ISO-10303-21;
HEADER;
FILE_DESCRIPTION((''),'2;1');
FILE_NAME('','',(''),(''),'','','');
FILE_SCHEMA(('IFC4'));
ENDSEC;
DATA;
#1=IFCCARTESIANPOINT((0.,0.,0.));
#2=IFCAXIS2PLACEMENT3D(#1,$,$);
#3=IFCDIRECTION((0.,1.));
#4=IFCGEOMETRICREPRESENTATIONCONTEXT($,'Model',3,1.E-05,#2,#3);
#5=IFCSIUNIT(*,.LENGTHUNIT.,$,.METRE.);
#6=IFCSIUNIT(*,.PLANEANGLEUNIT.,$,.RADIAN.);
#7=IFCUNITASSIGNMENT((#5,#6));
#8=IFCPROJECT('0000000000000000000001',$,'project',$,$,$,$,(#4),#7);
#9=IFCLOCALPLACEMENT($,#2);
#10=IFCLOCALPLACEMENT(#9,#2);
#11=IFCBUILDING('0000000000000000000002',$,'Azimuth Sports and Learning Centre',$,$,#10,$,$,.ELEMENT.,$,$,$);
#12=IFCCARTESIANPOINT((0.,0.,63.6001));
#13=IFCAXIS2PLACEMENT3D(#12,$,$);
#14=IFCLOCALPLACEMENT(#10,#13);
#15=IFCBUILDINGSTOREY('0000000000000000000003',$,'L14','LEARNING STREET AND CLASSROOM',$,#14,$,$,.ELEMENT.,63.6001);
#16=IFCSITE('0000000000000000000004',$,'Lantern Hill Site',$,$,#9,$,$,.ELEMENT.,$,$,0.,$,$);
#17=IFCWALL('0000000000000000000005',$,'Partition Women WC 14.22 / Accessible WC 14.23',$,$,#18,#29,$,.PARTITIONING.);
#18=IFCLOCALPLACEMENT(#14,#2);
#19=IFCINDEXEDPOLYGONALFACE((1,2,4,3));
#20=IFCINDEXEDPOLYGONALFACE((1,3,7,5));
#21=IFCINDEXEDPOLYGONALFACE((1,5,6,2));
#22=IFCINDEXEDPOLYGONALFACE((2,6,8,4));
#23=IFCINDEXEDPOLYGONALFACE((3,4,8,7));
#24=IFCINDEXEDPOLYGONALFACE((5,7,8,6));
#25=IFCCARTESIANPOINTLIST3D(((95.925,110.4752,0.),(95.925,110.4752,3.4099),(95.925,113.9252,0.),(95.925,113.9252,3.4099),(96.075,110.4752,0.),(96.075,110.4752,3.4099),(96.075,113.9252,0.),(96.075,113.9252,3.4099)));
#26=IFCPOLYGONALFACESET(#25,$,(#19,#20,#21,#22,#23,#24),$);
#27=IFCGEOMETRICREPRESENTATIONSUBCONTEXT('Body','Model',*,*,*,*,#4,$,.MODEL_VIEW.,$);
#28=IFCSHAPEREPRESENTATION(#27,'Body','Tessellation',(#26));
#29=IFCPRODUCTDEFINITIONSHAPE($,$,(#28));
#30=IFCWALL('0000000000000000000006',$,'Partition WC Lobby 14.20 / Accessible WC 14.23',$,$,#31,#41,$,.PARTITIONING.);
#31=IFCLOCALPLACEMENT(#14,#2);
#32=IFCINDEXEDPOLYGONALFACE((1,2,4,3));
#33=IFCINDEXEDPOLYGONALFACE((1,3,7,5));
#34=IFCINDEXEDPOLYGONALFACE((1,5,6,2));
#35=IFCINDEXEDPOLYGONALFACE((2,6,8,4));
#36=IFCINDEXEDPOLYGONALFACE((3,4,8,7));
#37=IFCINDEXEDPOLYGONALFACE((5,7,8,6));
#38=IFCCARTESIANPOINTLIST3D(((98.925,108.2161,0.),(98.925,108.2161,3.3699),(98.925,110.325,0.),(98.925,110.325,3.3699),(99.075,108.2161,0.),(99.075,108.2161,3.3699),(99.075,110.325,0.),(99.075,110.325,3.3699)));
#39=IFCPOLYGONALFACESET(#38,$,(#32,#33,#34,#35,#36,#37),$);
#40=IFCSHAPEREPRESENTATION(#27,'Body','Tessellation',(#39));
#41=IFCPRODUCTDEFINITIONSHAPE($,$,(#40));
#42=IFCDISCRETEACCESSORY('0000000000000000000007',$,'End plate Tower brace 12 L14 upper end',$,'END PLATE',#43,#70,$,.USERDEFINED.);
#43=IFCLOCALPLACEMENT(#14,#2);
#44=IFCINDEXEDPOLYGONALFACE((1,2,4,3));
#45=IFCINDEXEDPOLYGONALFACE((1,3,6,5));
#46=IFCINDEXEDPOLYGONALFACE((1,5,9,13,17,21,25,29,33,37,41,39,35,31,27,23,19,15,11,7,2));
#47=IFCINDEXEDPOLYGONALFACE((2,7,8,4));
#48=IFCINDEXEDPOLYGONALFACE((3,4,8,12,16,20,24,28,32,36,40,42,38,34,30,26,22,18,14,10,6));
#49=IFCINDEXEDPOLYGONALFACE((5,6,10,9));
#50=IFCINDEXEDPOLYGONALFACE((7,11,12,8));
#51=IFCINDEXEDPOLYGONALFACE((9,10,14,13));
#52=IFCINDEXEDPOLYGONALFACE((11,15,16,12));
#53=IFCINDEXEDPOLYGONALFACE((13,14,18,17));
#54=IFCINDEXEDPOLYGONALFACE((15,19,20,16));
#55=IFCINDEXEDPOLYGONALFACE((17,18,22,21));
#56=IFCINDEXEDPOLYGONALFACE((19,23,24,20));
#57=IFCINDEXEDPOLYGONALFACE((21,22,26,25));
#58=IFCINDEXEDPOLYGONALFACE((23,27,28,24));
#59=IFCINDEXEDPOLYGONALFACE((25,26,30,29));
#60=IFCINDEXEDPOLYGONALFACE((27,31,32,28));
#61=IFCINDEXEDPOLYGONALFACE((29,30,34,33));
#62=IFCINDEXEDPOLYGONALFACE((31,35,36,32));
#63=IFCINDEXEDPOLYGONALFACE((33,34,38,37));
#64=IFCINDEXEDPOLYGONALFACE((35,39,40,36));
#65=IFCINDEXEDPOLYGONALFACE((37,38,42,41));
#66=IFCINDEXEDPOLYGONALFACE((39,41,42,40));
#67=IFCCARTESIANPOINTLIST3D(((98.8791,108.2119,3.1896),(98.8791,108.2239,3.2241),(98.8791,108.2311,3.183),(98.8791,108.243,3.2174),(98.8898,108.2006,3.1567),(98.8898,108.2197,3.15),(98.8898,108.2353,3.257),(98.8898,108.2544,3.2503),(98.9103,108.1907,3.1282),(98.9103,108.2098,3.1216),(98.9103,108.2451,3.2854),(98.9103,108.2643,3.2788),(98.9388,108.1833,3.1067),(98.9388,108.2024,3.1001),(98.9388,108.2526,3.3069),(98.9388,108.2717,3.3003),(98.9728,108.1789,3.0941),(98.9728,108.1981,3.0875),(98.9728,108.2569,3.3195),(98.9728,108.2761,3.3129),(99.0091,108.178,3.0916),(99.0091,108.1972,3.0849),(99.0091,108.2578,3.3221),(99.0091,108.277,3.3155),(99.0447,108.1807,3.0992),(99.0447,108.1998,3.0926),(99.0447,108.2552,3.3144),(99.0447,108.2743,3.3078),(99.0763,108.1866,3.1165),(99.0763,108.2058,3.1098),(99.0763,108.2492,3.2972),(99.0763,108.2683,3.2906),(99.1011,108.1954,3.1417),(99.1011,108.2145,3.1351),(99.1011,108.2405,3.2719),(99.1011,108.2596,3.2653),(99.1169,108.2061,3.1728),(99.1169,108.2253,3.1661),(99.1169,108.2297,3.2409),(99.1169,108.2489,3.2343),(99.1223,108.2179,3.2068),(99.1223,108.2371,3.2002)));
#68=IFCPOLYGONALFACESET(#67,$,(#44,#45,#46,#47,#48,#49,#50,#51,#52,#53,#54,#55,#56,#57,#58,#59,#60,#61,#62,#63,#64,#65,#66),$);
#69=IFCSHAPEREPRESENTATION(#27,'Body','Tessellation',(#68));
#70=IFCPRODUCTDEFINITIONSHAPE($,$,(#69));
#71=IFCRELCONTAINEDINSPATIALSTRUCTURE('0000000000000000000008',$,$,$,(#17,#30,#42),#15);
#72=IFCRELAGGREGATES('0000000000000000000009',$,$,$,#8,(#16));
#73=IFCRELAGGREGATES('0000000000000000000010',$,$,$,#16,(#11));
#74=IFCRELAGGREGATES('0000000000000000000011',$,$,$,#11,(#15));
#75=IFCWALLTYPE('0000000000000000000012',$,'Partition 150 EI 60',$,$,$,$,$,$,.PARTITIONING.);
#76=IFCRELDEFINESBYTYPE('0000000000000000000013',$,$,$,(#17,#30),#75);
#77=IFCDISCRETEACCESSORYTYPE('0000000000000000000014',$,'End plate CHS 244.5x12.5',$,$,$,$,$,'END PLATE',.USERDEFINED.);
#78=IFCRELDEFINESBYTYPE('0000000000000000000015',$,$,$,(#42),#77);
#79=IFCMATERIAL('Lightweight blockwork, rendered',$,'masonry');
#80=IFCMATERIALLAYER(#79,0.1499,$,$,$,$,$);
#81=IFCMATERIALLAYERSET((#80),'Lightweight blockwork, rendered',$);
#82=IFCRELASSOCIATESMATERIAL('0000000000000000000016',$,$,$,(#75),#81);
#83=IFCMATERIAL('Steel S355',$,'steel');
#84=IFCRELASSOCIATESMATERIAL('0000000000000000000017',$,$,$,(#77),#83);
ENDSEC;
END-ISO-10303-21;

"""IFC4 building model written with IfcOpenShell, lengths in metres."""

from ifc_helpers import new_model, si_unit, direction, frame, frame_2d, origin, origin_2d, place, context, subcontext, project, spatial, rectangle, circle, extrude, material, layer, layer_set, material_profile, profile_set, type_object, element, save


model = new_model("IFC4")

# Units and contexts
model_context = context("Model", 3, precision=1e-05, world=origin(), true_north=direction((0.0, 1.0)))
body_context = subcontext(model_context, "Body", "Model", "MODEL_VIEW")
ifc_project = project(units=[si_unit("LENGTHUNIT", "METRE"), si_unit("PLANEANGLEUNIT", "RADIAN")], contexts=[model_context])

# Site, building, storey
site_placement = place(None, origin())
site = spatial("IfcSite", under=ifc_project, at=site_placement, Name="Lantern Hill Site", CompositionType="ELEMENT", RefElevation=0.0)
building_placement = place(site_placement, origin())
building = spatial("IfcBuilding", under=site, at=building_placement, Name="Azimuth Sports and Learning Centre", CompositionType="ELEMENT")
storey_placement = place(building_placement, frame((0.0, 0.0, 63.6001)))
storey = spatial("IfcBuildingStorey", under=building, at=storey_placement, Name="L14", Description="LEARNING STREET AND CLASSROOM", CompositionType="ELEMENT", Elevation=63.6001)

# Shared definitions
ifc_material_1 = material(Name="Lightweight blockwork, rendered", Category="masonry")
ifc_layer_1 = layer(ifc_material_1, 0.1499)
ifc_layer_set_1 = layer_set([ifc_layer_1], Name="Lightweight blockwork, rendered")
wall_type_1 = type_object("IfcWallType", Name="Partition 150 EI 60", PredefinedType="PARTITIONING", material=ifc_layer_set_1)

# Walls
wall_1_placement = place(storey_placement, frame((96.0, 110.4751, 0.0), z_axis=(0.0, 0.0, 1.0), x_axis=(0.0, 1.0, 0.0)))
element("IfcWall", 1, at=wall_1_placement, inside=storey, type_object=wall_type_1, Name="Partition Women WC 14.22 / Accessible WC 14.23", PredefinedType="PARTITIONING", context=body_context, shape_type="SweptSolid", body=[
    extrude(rectangle(XDim=3.45, YDim=0.1499, at=frame_2d((1.7251, 0.0))), origin(), (0.0, 0.0, 1.0), 3.4099),
])
wall_2_placement = place(storey_placement, frame((99.0, 108.2161, 0.0), z_axis=(0.0, 0.0, 1.0), x_axis=(0.0, 1.0, 0.0)))
element("IfcWall", 2, at=wall_2_placement, inside=storey, type_object=wall_type_1, Name="Partition WC Lobby 14.20 / Accessible WC 14.23", PredefinedType="PARTITIONING", context=body_context, shape_type="SweptSolid", body=[
    extrude(rectangle(XDim=2.1089, YDim=0.1499, at=frame_2d((1.0544, 0.0))), origin(), (0.0, 0.0, 1.0), 3.3699),
])

# Discrete accessory
ifc_material_2 = material(Name="Steel S355", Category="steel")
ifc_material_profile_1 = material_profile(ifc_material_2, circle(Radius=0.1223, at=origin_2d()), Name="PL 244 DISC")
ifc_profile_set_1 = profile_set([ifc_material_profile_1], Name="Steel S355")
discrete_accessory_type = type_object("IfcDiscreteAccessoryType", Name="End plate CHS 244.5x12.5", ElementType="END PLATE", PredefinedType="USERDEFINED", material=ifc_profile_set_1)
discrete_accessory_placement = place(storey_placement, frame((99.0, 108.2371, 3.2002), z_axis=(0.0, -0.944986, 0.327111), x_axis=(1.0, 0.0, 0.0)))
element("IfcDiscreteAccessory", 3, at=discrete_accessory_placement, inside=storey, type_object=discrete_accessory_type, Name="End plate Tower brace 12 L14 upper end", ObjectType="END PLATE", PredefinedType="USERDEFINED", context=body_context, shape_type="SweptSolid", body=[
    extrude(circle(Radius=0.1223, at=origin_2d()), origin(), (0.0, 0.0, 1.0), 0.0203),
])

save(model, "model.ifc")
